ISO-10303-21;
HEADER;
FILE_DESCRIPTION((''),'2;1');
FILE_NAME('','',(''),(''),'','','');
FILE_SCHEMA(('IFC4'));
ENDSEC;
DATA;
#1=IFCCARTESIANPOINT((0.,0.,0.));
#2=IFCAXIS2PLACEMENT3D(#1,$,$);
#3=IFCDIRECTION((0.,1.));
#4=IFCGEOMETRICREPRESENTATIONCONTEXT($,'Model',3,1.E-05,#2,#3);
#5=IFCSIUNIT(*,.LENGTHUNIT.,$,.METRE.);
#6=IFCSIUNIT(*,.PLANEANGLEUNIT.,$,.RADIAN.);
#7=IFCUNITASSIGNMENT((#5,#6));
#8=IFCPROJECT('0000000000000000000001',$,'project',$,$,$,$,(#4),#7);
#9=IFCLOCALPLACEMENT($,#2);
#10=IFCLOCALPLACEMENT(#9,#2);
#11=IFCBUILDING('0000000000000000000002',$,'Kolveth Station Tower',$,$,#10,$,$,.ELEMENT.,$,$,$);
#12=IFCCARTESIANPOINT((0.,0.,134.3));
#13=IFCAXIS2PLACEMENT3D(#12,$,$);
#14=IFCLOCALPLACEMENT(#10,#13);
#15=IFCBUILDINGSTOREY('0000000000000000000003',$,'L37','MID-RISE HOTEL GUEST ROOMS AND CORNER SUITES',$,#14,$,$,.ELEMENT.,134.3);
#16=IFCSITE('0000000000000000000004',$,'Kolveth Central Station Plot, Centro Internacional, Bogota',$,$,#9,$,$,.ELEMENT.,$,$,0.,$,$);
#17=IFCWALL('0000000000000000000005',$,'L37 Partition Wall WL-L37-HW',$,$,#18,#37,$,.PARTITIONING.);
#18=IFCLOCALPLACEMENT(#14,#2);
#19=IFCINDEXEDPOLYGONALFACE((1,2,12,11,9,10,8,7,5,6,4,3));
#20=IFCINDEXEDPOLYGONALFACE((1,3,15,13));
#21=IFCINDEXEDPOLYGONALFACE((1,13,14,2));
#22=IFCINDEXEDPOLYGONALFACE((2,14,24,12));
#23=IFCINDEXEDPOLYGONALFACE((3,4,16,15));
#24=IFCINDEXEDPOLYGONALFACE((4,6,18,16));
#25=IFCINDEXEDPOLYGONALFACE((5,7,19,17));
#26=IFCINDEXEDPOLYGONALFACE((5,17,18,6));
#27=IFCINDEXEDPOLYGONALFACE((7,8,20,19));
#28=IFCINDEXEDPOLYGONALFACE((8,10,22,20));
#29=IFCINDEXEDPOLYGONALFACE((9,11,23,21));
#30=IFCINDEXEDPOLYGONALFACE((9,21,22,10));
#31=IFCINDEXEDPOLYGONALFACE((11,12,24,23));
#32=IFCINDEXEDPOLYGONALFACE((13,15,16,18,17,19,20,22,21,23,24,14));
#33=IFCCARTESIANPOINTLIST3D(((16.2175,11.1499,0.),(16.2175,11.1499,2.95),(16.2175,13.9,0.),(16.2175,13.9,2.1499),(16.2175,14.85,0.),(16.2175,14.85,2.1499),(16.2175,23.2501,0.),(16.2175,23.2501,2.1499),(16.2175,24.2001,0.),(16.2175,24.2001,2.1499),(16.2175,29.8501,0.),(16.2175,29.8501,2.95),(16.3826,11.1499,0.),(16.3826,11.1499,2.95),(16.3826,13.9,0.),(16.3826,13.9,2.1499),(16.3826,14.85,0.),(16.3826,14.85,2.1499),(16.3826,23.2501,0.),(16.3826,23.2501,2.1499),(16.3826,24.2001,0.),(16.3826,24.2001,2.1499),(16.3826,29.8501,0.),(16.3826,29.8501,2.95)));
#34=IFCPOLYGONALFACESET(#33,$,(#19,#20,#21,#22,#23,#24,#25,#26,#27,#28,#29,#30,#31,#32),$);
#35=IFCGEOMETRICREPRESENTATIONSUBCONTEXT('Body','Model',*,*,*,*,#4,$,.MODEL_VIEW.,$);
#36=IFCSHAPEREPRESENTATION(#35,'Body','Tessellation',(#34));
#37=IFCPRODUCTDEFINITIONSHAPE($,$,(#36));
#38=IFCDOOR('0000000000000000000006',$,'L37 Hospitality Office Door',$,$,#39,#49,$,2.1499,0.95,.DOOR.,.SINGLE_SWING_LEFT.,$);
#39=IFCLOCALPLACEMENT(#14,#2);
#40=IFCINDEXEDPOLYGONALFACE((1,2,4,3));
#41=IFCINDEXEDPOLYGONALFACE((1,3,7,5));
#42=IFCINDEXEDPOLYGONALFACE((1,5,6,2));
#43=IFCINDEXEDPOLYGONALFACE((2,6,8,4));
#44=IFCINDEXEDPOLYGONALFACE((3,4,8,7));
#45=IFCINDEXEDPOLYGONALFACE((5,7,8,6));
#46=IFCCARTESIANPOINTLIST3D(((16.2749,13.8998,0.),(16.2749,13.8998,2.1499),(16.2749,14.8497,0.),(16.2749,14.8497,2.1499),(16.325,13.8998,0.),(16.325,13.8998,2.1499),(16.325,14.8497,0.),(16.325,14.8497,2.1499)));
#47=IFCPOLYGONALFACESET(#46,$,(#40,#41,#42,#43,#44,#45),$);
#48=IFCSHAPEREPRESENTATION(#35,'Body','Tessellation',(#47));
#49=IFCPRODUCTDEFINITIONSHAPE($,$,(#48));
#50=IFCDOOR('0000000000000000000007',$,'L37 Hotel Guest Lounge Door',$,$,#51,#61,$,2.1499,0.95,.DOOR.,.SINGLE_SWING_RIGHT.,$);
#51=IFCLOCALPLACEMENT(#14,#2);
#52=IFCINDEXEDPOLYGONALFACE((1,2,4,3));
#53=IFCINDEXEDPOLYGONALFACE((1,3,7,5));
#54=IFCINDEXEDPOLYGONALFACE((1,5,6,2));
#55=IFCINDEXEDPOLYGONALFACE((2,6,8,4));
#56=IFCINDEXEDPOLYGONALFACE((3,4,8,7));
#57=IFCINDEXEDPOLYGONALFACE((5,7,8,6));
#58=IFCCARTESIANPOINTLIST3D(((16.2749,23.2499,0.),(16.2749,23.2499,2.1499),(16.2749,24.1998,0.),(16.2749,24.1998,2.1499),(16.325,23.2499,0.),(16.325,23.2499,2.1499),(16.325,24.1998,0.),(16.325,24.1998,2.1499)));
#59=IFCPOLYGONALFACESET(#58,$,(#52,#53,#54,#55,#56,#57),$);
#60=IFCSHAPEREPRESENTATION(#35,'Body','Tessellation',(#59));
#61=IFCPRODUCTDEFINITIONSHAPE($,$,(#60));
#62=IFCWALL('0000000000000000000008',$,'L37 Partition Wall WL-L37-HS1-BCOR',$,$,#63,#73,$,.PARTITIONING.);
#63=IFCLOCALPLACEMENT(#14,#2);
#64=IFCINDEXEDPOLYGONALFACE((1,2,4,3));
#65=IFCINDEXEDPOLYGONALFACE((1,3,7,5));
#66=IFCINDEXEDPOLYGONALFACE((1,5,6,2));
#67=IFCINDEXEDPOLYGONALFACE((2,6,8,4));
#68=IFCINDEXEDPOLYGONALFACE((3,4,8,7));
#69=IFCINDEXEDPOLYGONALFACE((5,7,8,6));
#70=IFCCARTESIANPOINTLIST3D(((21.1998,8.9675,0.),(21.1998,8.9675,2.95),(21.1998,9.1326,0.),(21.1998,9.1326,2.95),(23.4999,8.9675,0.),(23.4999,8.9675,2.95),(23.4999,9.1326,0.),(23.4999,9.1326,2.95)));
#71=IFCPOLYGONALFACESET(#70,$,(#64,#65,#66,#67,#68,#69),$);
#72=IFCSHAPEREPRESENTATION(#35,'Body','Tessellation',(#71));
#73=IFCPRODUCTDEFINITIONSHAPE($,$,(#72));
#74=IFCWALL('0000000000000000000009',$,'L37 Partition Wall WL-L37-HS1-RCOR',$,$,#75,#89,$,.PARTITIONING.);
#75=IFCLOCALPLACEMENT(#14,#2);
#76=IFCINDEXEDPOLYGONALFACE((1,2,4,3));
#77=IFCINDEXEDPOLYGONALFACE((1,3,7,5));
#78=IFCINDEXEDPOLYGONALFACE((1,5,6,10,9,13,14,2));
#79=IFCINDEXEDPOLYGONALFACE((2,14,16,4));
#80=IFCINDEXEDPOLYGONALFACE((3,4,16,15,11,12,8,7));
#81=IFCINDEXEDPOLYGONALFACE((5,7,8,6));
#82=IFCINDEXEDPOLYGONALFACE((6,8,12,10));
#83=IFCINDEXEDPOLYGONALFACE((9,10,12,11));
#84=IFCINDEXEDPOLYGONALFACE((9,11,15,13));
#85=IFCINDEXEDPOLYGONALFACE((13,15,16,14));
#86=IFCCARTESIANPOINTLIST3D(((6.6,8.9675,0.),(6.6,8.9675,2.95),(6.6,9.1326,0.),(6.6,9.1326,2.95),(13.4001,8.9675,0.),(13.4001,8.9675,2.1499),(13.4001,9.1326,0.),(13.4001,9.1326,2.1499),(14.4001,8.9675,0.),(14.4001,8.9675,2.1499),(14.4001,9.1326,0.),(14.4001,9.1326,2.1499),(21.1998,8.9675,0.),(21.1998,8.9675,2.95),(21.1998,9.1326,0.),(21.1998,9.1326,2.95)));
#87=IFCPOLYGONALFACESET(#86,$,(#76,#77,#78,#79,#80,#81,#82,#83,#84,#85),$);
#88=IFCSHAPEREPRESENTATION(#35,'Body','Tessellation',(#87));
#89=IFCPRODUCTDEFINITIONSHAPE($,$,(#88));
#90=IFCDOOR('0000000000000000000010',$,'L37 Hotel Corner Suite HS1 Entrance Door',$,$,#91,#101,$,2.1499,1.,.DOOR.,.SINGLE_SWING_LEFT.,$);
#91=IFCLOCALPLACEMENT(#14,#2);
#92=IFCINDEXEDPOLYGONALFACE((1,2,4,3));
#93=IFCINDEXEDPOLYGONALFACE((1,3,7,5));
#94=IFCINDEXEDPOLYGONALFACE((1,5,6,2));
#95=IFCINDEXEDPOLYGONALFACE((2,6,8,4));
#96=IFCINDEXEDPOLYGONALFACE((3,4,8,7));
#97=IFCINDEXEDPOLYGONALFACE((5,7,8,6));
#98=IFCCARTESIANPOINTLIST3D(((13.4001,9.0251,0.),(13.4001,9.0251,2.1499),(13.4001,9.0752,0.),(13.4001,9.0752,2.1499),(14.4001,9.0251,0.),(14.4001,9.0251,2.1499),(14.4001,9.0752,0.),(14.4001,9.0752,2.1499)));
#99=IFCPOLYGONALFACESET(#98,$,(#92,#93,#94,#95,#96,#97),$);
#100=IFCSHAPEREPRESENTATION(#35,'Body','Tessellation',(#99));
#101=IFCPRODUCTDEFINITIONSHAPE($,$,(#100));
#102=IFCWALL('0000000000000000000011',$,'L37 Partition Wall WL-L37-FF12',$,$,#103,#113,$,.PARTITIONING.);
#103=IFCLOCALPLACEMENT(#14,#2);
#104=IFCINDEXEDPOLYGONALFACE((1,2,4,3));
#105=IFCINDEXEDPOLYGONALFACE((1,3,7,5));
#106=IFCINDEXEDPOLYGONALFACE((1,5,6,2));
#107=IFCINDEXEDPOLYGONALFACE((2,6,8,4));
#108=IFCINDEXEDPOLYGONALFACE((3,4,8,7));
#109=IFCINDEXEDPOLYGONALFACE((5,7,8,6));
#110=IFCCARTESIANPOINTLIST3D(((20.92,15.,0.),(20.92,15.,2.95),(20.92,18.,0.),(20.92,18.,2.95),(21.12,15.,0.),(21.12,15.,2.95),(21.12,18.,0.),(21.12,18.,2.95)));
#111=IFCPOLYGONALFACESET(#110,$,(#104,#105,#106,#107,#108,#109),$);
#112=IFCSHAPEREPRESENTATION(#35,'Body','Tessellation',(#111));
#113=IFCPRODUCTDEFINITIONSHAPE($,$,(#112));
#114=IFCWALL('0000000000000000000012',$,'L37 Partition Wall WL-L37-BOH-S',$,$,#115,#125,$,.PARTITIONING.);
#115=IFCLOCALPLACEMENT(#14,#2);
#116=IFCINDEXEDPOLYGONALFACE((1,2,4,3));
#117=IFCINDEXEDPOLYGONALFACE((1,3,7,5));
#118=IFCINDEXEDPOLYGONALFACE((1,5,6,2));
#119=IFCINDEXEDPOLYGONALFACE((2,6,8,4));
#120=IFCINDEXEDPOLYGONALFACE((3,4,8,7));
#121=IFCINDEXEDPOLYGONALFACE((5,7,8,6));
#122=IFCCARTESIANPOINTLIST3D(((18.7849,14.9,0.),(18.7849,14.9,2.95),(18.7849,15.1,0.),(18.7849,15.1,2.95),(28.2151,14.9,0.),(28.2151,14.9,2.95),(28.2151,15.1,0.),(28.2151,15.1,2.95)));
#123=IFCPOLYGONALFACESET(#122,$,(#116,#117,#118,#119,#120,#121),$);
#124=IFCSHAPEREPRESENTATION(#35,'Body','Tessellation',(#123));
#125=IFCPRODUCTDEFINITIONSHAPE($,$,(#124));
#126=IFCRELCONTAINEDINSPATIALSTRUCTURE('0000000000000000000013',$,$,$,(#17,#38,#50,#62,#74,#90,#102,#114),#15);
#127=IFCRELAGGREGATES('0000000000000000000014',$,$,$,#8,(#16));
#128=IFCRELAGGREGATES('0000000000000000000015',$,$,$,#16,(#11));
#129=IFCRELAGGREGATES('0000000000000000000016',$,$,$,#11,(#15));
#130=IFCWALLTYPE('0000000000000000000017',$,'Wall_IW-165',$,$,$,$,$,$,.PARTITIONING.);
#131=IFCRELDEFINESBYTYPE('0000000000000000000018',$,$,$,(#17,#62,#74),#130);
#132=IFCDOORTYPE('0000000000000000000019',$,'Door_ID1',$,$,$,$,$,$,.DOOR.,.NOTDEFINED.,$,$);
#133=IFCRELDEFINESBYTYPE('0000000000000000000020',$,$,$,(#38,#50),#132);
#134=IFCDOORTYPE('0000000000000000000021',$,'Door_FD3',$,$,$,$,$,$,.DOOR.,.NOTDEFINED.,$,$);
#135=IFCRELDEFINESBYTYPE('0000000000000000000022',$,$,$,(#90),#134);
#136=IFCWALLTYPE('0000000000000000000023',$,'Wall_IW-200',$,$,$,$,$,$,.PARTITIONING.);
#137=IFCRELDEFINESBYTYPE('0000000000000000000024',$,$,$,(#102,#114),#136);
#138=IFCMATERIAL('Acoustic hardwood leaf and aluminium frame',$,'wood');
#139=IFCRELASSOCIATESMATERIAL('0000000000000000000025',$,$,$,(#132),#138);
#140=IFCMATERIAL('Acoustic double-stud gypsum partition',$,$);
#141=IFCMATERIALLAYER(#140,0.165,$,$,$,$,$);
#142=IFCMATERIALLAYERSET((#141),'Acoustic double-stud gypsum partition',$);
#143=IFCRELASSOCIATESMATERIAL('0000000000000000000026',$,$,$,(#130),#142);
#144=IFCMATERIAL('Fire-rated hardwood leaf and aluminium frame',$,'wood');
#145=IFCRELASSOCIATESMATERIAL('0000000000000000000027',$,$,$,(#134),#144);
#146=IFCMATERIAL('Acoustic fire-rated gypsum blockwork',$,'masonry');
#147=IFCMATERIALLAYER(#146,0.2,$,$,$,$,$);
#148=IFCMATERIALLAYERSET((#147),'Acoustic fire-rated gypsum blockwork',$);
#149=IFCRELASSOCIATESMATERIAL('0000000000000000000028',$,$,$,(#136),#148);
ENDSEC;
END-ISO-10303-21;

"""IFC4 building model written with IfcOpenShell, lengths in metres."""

from ifc_helpers import new_model, si_unit, direction, frame, frame_2d, origin, place, context, subcontext, project, spatial, rectangle, extrude, material, layer, layer_set, type_object, element, fill, save


model = new_model("IFC4")

# Units and contexts
model_context = context("Model", 3, precision=1e-05, world=origin(), true_north=direction((0.0, 1.0)))
body_context = subcontext(model_context, "Body", "Model", "MODEL_VIEW")
ifc_project = project(units=[si_unit("LENGTHUNIT", "METRE"), si_unit("PLANEANGLEUNIT", "RADIAN")], contexts=[model_context])

# Site, building, storey
site_placement = place(None, origin())
site = spatial("IfcSite", under=ifc_project, at=site_placement, Name="Kolveth Central Station Plot, Centro Internacional, Bogota", CompositionType="ELEMENT", RefElevation=0.0)
building_placement = place(site_placement, origin())
building = spatial("IfcBuilding", under=site, at=building_placement, Name="Kolveth Station Tower", CompositionType="ELEMENT")
storey_placement = place(building_placement, frame((0.0, 0.0, 134.3)))
storey = spatial("IfcBuildingStorey", under=building, at=storey_placement, Name="L37", Description="MID-RISE HOTEL GUEST ROOMS AND CORNER SUITES", CompositionType="ELEMENT", Elevation=134.3)

# Shared definitions
ifc_material_1 = material(Name="Acoustic hardwood leaf and aluminium frame", Category="wood")
door_type_1 = type_object("IfcDoorType", Name="Door_ID1", OperationType="NOTDEFINED", PredefinedType="DOOR", material=ifc_material_1)

# Shared definitions
ifc_material_2 = material(Name="Acoustic double-stud gypsum partition")
ifc_layer_1 = layer(ifc_material_2, 0.165)
ifc_layer_set_1 = layer_set([ifc_layer_1], Name="Acoustic double-stud gypsum partition")
wall_type_1 = type_object("IfcWallType", Name="Wall_IW-165", PredefinedType="PARTITIONING", material=ifc_layer_set_1)

# Wall, openings, doors
wall_1_placement = place(storey_placement, frame((16.3, 11.1499, 0.0), z_axis=(0.0, 0.0, 1.0), x_axis=(0.0, 1.0, 0.0)))
wall_1 = element("IfcWall", 1, at=wall_1_placement, inside=storey, type_object=wall_type_1, Name="L37 Partition Wall WL-L37-HW", PredefinedType="PARTITIONING", context=body_context, shape_type="SweptSolid", body=[
    extrude(rectangle(XDim=18.7002, YDim=0.165, at=frame_2d((9.3501, 0.0))), origin(), (0.0, 0.0, 1.0), 2.95),
])
opening_1_placement = place(wall_1_placement, frame((2.75, 0.0, 0.0)))
opening_1 = element("IfcOpeningElement", 2, at=opening_1_placement, cuts=wall_1, PredefinedType="OPENING", context=body_context, shape_type="SweptSolid", body=[
    extrude(rectangle(XDim=0.95, YDim=2.1499, at=frame_2d((0.4751, 1.075))), frame((0.0, 0.0925, 0.0), z_axis=(0.0, -1.0, 0.0), x_axis=(1.0, 0.0, 0.0)), (0.0, 0.0, 1.0), 0.1851),
])
opening_2_placement = place(wall_1_placement, frame((12.1001, 0.0, 0.0)))
opening_2 = element("IfcOpeningElement", 3, at=opening_2_placement, cuts=wall_1, PredefinedType="OPENING", context=body_context, shape_type="SweptSolid", body=[
    extrude(rectangle(XDim=0.95, YDim=2.1499, at=frame_2d((0.4751, 1.075))), frame((0.0, 0.0925, 0.0), z_axis=(0.0, -1.0, 0.0), x_axis=(1.0, 0.0, 0.0)), (0.0, 0.0, 1.0), 0.1851),
])
door_1_placement = place(opening_1_placement, frame((0.95, 0.0, 0.0), z_axis=(0.0, 0.0, 1.0), x_axis=(-1.0, 0.0, 0.0)))
door_1 = element("IfcDoor", 4, at=door_1_placement, inside=storey, type_object=door_type_1, Name="L37 Hospitality Office Door", OperationType="SINGLE_SWING_LEFT", OverallHeight=2.1499, OverallWidth=0.95, PredefinedType="DOOR", context=body_context, shape_type="SweptSolid", body=[
    extrude(rectangle(XDim=0.95, YDim=2.1499, at=frame_2d((0.4751, 1.075))), frame((0.0, 0.0249, 0.0), z_axis=(0.0, -1.0, 0.0), x_axis=(1.0, 0.0, 0.0)), (0.0, 0.0, 1.0), 0.05),
])
fill(opening_1, door_1)
door_2_placement = place(opening_2_placement, frame((0.95, 0.0, 0.0), z_axis=(0.0, 0.0, 1.0), x_axis=(-1.0, 0.0, 0.0)))
door_2 = element("IfcDoor", 5, at=door_2_placement, inside=storey, type_object=door_type_1, Name="L37 Hotel Guest Lounge Door", OperationType="SINGLE_SWING_RIGHT", OverallHeight=2.1499, OverallWidth=0.95, PredefinedType="DOOR", context=body_context, shape_type="SweptSolid", body=[
    extrude(rectangle(XDim=0.95, YDim=2.1499, at=frame_2d((0.4751, 1.075))), frame((0.0, 0.0249, 0.0), z_axis=(0.0, -1.0, 0.0), x_axis=(1.0, 0.0, 0.0)), (0.0, 0.0, 1.0), 0.05),
])
fill(opening_2, door_2)

# Wall
wall_2_placement = place(storey_placement, frame((21.2, 9.05, 0.0), z_axis=(0.0, 0.0, 1.0), x_axis=(1.0, 0.0, 0.0)))
element("IfcWall", 6, at=wall_2_placement, inside=storey, type_object=wall_type_1, Name="L37 Partition Wall WL-L37-HS1-BCOR", PredefinedType="PARTITIONING", context=body_context, shape_type="SweptSolid", body=[
    extrude(rectangle(XDim=2.3, YDim=0.165, at=frame_2d((1.1499, 0.0))), origin(), (0.0, 0.0, 1.0), 2.95),
])

# Wall, opening, door
wall_3_placement = place(storey_placement, frame((6.6001, 9.05, 0.0), z_axis=(0.0, 0.0, 1.0), x_axis=(1.0, 0.0, 0.0)))
wall_3 = element("IfcWall", 7, at=wall_3_placement, inside=storey, type_object=wall_type_1, Name="L37 Partition Wall WL-L37-HS1-RCOR", PredefinedType="PARTITIONING", context=body_context, shape_type="SweptSolid", body=[
    extrude(rectangle(XDim=14.5999, YDim=0.165, at=frame_2d((7.2998, 0.0))), origin(), (0.0, 0.0, 1.0), 2.95),
])
opening_3_placement = place(wall_3_placement, frame((6.8, 0.0, 0.0)))
opening_3 = element("IfcOpeningElement", 8, at=opening_3_placement, cuts=wall_3, PredefinedType="OPENING", context=body_context, shape_type="SweptSolid", body=[
    extrude(rectangle(XDim=1.0, YDim=2.1499, at=frame_2d((0.5, 1.075))), frame((0.0, 0.0925, 0.0), z_axis=(0.0, -1.0, 0.0), x_axis=(1.0, 0.0, 0.0)), (0.0, 0.0, 1.0), 0.1851),
])
ifc_material_3 = material(Name="Fire-rated hardwood leaf and aluminium frame", Category="wood")
door_type_2 = type_object("IfcDoorType", Name="Door_FD3", OperationType="NOTDEFINED", PredefinedType="DOOR", material=ifc_material_3)
door_3_placement = place(opening_3_placement, frame((1.0, 0.0, 0.0), z_axis=(0.0, 0.0, 1.0), x_axis=(-1.0, 0.0, 0.0)))
door_3 = element("IfcDoor", 9, at=door_3_placement, inside=storey, type_object=door_type_2, Name="L37 Hotel Corner Suite HS1 Entrance Door", OperationType="SINGLE_SWING_LEFT", OverallHeight=2.1499, OverallWidth=1.0, PredefinedType="DOOR", context=body_context, shape_type="SweptSolid", body=[
    extrude(rectangle(XDim=1.0, YDim=2.1499, at=frame_2d((0.5, 1.075))), frame((0.0, 0.0249, 0.0), z_axis=(0.0, -1.0, 0.0), x_axis=(1.0, 0.0, 0.0)), (0.0, 0.0, 1.0), 0.05),
])
fill(opening_3, door_3)

# Walls
ifc_material_4 = material(Name="Acoustic fire-rated gypsum blockwork", Category="masonry")
ifc_layer_2 = layer(ifc_material_4, 0.2)
ifc_layer_set_2 = layer_set([ifc_layer_2], Name="Acoustic fire-rated gypsum blockwork")
wall_type_2 = type_object("IfcWallType", Name="Wall_IW-200", PredefinedType="PARTITIONING", material=ifc_layer_set_2)
wall_4_placement = place(storey_placement, frame((21.02, 15.0, 0.0), z_axis=(0.0, 0.0, 1.0), x_axis=(0.0, 1.0, 0.0)))
element("IfcWall", 10, at=wall_4_placement, inside=storey, type_object=wall_type_2, Name="L37 Partition Wall WL-L37-FF12", PredefinedType="PARTITIONING", context=body_context, shape_type="SweptSolid", body=[
    extrude(rectangle(XDim=3.0, YDim=0.2, at=frame_2d((1.5, 0.0))), origin(), (0.0, 0.0, 1.0), 2.95),
])
wall_5_placement = place(storey_placement, frame((18.7849, 15.0, 0.0), z_axis=(0.0, 0.0, 1.0), x_axis=(1.0, 0.0, 0.0)))
element("IfcWall", 11, at=wall_5_placement, inside=storey, type_object=wall_type_2, Name="L37 Partition Wall WL-L37-BOH-S", PredefinedType="PARTITIONING", context=body_context, shape_type="SweptSolid", body=[
    extrude(rectangle(XDim=9.4302, YDim=0.2, at=frame_2d((4.7151, 0.0))), origin(), (0.0, 0.0, 1.0), 2.95),
])

save(model, "model.ifc")
